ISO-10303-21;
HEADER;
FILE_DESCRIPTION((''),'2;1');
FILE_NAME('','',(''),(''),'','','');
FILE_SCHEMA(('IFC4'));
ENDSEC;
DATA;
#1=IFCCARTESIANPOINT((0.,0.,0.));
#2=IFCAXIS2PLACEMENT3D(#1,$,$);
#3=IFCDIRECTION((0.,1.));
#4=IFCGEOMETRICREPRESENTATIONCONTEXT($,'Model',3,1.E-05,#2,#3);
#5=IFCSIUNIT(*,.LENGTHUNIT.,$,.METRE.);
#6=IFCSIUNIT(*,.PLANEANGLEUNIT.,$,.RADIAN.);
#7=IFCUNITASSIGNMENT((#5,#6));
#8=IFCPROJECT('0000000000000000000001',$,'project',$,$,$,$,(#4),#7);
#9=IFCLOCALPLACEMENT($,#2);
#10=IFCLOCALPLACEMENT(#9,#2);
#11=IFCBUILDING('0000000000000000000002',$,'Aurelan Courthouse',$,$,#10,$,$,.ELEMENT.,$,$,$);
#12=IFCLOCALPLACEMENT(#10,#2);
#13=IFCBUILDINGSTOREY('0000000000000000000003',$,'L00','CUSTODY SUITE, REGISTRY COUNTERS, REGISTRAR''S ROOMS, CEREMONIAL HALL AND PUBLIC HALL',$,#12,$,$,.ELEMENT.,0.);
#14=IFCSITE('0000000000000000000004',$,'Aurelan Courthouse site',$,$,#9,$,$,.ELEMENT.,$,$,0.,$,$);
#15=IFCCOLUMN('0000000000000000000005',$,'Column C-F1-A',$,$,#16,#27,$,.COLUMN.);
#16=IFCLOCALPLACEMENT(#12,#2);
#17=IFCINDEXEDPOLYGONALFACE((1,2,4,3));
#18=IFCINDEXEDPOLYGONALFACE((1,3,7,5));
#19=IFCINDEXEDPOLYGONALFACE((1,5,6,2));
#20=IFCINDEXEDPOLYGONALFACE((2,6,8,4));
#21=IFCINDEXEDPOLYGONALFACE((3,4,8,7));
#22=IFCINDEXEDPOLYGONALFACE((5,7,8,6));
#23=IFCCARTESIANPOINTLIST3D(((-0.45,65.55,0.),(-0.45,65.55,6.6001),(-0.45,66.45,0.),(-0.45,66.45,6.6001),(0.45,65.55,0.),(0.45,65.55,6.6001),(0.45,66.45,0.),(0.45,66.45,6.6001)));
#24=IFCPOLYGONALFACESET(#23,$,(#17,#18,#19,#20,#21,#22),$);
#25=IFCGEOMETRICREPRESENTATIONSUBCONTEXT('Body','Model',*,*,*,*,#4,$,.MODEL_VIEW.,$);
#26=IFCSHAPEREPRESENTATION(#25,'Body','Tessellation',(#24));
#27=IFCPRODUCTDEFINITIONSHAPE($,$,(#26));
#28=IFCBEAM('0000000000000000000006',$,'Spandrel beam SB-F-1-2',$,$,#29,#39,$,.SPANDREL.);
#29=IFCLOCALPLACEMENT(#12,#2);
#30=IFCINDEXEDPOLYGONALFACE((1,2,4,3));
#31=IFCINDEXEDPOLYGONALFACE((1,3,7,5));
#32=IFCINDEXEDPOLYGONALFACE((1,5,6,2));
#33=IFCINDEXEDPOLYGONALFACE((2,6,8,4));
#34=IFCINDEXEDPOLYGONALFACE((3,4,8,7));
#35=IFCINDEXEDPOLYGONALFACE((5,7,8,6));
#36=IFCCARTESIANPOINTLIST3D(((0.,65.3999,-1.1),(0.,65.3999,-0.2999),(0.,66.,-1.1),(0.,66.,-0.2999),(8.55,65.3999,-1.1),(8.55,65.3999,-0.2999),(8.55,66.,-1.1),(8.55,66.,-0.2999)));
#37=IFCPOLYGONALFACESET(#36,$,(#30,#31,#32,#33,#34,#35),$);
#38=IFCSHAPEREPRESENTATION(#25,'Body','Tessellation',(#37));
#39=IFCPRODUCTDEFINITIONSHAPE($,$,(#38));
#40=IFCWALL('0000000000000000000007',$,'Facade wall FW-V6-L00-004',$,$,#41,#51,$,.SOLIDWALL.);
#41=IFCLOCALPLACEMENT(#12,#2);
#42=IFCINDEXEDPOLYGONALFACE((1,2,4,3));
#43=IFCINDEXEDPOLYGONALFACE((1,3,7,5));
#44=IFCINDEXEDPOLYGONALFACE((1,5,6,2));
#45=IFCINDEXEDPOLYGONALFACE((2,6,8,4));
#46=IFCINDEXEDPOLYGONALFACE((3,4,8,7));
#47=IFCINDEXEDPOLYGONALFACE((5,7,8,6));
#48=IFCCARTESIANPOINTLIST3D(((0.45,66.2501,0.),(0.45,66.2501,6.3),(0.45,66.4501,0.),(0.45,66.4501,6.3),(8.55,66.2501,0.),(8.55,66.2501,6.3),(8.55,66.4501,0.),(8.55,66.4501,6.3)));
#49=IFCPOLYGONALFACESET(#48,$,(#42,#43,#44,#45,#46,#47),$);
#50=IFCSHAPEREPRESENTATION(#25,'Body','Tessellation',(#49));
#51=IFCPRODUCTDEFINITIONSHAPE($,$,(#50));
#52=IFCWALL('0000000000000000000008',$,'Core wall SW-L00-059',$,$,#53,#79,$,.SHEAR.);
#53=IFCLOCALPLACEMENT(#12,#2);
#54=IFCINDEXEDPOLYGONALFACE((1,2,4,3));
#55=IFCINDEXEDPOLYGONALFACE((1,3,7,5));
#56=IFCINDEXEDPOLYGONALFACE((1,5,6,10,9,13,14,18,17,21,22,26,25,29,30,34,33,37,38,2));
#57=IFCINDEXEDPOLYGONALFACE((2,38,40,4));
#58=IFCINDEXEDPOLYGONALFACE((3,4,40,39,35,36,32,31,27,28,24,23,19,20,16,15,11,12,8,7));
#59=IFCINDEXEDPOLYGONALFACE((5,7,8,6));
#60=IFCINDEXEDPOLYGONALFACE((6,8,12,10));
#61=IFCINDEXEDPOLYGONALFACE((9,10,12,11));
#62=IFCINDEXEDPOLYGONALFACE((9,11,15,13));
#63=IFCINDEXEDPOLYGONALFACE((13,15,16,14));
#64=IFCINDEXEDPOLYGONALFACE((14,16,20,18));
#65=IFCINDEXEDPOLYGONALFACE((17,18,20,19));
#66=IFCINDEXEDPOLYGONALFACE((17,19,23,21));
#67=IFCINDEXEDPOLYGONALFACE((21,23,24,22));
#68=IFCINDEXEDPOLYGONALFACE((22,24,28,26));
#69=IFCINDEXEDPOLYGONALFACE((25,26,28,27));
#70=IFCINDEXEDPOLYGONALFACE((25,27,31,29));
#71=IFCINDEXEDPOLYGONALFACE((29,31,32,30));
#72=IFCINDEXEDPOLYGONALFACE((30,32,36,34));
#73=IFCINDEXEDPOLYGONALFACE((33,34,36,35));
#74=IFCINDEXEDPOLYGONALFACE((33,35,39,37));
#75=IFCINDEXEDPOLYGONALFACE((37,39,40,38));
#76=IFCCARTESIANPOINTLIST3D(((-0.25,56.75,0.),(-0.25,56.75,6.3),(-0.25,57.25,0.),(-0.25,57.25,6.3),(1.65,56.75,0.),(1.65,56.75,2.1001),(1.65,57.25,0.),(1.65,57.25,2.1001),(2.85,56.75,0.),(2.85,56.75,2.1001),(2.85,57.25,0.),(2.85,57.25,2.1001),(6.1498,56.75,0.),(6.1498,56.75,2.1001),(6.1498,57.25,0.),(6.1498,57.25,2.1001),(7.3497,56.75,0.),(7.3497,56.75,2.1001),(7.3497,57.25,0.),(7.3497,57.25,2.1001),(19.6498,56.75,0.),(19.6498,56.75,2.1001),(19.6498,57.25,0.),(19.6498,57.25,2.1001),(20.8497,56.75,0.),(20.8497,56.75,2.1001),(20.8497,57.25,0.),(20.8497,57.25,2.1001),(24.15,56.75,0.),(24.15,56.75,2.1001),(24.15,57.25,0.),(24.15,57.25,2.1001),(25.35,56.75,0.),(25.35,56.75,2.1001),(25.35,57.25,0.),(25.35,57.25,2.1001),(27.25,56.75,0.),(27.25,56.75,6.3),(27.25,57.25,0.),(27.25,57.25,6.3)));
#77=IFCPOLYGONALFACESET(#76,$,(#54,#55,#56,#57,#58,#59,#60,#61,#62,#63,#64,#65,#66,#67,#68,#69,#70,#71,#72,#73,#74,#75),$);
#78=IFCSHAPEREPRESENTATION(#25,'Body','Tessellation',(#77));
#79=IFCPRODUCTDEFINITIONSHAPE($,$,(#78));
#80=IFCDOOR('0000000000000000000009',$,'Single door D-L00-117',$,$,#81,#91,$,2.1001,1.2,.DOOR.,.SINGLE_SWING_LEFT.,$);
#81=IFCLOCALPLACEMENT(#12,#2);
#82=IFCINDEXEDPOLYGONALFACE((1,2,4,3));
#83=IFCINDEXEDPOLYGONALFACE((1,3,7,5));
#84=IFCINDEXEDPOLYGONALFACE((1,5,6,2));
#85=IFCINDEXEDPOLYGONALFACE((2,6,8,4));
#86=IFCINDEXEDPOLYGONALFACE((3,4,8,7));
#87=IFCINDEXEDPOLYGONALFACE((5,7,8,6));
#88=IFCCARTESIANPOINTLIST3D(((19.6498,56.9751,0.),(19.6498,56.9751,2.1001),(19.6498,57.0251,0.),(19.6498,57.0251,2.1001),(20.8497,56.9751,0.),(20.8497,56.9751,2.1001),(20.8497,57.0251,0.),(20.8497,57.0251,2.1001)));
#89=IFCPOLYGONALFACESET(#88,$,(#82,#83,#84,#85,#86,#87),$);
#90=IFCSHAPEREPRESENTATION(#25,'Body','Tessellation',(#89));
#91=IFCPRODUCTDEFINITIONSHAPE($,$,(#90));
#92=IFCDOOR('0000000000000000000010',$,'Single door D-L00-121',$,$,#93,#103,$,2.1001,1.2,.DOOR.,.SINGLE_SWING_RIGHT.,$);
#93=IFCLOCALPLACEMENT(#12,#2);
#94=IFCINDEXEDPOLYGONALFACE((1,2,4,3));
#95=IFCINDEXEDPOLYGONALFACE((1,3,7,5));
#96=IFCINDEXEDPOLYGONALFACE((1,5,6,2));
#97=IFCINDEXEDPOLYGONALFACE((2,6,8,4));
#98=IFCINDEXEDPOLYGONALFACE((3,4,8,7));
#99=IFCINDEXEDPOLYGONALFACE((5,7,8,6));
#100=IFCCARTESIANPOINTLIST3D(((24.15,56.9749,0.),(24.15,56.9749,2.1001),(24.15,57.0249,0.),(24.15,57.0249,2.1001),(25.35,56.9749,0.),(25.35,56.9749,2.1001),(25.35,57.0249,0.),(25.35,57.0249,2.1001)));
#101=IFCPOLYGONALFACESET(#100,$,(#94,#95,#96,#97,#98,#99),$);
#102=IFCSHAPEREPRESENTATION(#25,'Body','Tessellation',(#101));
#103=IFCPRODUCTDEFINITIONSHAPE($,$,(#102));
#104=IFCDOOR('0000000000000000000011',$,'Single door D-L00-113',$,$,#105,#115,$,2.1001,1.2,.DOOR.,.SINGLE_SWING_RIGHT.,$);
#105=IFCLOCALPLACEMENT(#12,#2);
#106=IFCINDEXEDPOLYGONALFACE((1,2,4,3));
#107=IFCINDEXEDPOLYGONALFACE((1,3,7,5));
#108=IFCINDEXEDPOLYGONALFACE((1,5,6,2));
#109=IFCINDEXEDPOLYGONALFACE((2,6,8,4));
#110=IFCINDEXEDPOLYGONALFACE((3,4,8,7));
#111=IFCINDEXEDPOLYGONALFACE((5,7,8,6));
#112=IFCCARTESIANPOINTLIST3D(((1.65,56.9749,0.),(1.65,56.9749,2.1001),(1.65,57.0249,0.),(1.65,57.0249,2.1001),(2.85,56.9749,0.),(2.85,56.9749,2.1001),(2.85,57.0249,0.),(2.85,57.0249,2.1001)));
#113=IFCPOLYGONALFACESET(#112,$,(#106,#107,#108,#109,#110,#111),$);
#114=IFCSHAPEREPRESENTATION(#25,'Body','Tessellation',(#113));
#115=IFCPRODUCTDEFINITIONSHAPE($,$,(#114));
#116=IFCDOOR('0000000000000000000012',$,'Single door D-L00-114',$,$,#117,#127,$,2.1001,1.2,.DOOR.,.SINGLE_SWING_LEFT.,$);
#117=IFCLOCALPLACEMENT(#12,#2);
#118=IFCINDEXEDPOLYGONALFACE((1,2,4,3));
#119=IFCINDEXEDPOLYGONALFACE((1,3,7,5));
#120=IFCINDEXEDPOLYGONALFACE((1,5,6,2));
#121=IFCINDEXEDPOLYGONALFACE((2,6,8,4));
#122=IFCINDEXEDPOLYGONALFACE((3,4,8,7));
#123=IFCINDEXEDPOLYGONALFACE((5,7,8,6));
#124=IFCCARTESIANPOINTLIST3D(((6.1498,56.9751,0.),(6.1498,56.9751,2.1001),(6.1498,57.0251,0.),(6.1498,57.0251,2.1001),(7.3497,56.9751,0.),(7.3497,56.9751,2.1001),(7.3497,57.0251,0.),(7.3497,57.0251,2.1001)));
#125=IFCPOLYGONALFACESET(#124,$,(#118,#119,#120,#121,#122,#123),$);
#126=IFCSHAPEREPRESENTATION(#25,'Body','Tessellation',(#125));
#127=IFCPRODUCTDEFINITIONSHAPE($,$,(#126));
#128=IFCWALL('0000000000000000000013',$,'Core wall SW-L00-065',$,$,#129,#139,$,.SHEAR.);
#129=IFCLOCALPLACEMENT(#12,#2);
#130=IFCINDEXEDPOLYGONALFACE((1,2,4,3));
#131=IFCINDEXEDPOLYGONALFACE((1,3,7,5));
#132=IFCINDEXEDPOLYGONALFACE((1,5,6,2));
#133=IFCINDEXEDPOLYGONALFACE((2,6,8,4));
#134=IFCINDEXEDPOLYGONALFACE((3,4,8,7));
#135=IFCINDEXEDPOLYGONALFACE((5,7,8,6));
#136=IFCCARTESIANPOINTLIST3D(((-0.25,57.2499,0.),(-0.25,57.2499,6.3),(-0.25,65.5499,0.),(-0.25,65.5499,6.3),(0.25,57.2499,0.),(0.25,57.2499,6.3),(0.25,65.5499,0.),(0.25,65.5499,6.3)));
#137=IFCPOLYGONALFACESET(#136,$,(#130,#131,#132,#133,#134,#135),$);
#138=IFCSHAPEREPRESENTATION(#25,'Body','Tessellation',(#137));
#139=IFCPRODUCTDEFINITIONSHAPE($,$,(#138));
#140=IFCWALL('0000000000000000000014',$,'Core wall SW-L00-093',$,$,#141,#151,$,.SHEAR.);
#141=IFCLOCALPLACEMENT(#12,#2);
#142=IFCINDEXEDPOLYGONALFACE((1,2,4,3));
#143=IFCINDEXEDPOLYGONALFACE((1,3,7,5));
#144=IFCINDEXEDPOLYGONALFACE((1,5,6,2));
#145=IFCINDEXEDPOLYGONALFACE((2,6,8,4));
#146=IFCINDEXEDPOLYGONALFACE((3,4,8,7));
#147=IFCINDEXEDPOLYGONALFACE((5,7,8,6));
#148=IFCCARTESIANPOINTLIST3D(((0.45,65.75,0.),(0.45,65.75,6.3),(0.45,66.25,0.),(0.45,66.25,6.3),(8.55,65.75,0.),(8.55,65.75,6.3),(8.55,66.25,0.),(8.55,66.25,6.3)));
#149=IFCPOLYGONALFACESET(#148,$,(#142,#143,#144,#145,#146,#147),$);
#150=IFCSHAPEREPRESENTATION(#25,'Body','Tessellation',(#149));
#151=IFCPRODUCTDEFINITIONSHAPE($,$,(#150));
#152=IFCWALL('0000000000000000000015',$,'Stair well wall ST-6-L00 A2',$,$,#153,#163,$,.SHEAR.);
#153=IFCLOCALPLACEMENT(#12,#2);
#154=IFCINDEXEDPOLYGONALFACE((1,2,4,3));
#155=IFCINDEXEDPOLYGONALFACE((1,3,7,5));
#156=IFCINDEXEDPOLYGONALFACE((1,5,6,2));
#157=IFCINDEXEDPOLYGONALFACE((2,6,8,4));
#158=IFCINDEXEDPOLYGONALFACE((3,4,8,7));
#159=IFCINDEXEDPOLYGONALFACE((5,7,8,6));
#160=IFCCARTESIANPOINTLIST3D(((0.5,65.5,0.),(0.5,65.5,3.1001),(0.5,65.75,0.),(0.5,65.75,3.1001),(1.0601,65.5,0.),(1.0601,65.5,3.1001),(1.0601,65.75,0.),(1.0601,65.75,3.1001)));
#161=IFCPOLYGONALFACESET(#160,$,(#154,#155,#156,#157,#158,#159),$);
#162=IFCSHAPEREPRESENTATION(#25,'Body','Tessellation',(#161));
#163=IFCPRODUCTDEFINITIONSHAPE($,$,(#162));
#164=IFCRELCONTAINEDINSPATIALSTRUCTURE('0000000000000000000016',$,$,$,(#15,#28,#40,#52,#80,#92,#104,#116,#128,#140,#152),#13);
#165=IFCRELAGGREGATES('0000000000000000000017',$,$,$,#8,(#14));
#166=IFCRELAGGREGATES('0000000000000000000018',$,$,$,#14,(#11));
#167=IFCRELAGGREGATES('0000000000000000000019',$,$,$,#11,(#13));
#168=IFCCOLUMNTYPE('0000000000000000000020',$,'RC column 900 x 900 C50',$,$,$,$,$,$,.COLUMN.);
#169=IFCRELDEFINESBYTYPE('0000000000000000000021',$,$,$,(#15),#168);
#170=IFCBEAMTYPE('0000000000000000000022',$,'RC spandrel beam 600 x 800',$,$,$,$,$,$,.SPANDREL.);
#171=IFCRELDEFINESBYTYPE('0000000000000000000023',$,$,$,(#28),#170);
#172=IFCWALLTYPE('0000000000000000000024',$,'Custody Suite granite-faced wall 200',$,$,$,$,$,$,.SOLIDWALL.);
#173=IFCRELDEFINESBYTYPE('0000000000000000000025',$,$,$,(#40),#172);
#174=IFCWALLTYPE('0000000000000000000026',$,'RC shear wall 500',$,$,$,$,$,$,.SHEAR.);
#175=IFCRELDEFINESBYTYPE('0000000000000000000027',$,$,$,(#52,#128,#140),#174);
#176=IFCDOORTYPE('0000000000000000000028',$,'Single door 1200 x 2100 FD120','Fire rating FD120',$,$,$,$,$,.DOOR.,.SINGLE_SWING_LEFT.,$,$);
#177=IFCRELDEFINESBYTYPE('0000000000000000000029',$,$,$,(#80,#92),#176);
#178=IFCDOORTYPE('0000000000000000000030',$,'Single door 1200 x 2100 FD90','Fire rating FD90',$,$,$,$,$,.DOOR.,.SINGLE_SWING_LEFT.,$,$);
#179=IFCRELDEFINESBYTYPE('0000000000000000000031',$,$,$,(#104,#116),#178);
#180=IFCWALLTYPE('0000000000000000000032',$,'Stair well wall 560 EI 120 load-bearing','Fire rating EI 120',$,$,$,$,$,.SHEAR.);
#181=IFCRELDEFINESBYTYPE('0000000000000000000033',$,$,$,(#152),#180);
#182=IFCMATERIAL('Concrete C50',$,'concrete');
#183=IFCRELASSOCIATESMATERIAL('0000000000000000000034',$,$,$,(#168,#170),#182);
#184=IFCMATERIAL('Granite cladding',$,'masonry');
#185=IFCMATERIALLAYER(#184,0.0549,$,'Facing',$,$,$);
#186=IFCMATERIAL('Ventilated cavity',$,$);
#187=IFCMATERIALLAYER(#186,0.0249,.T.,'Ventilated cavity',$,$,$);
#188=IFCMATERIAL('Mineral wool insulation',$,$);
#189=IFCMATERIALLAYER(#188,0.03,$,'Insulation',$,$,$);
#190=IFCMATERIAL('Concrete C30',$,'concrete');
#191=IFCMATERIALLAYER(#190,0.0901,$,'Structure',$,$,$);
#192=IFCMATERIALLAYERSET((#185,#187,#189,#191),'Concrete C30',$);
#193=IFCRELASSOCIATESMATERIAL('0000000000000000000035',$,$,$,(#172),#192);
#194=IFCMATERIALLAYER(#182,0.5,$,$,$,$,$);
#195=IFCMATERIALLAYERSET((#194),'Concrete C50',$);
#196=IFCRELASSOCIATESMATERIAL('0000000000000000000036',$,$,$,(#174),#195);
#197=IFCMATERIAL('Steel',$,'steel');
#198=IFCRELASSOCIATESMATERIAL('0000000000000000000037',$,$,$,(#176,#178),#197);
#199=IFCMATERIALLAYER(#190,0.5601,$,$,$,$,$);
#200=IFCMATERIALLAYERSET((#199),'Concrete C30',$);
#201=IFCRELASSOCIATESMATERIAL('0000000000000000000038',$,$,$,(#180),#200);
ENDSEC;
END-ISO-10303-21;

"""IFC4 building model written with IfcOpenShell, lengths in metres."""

from ifc_helpers import new_model, si_unit, direction, frame, frame_2d, origin, origin_2d, place, context, subcontext, project, spatial, rectangle, extrude, material, layer, layer_set, material_profile, profile_set, type_object, element, fill, save


model = new_model("IFC4")

# Units and contexts
model_context = context("Model", 3, precision=1e-05, world=origin(), true_north=direction((0.0, 1.0)))
body_context = subcontext(model_context, "Body", "Model", "MODEL_VIEW")
ifc_project = project(units=[si_unit("LENGTHUNIT", "METRE"), si_unit("PLANEANGLEUNIT", "RADIAN")], contexts=[model_context])

# Site, building, storey
site_placement = place(None, origin())
site = spatial("IfcSite", under=ifc_project, at=site_placement, Name="Aurelan Courthouse site", CompositionType="ELEMENT", RefElevation=0.0)
building_placement = place(site_placement, origin())
building = spatial("IfcBuilding", under=site, at=building_placement, Name="Aurelan Courthouse", CompositionType="ELEMENT")
storey_placement = place(building_placement, origin())
storey = spatial("IfcBuildingStorey", under=building, at=storey_placement, Name="L00", Description="CUSTODY SUITE, REGISTRY COUNTERS, REGISTRAR'S ROOMS, CEREMONIAL HALL AND PUBLIC HALL", CompositionType="ELEMENT", Elevation=0.0)

# Column
ifc_material_1 = material(Name="Concrete C50", Category="concrete")
ifc_material_profile_1 = material_profile(ifc_material_1, rectangle(XDim=0.8999, YDim=0.8999, at=origin_2d()), Name="RC 900 x 900")
ifc_profile_set_1 = profile_set([ifc_material_profile_1], Name="Concrete C50")
column_type = type_object("IfcColumnType", Name="RC column 900 x 900 C50", PredefinedType="COLUMN", material=ifc_profile_set_1)
column_placement = place(storey_placement, frame((0.0, 66.0, 0.0), z_axis=(0.0, 0.0, 1.0), x_axis=(1.0, 0.0, 0.0)))
element("IfcColumn", 1, at=column_placement, inside=storey, type_object=column_type, Name="Column C-F1-A", PredefinedType="COLUMN", context=body_context, shape_type="SweptSolid", body=[
    extrude(rectangle(XDim=0.8999, YDim=0.8999, at=origin_2d()), origin(), (0.0, 0.0, 1.0), 6.6001),
])

# Beam
ifc_material_profile_2 = material_profile(ifc_material_1, rectangle(XDim=0.6001, YDim=0.8, at=origin_2d()), Name="RC 600 x 800")
ifc_profile_set_2 = profile_set([ifc_material_profile_2], Name="Concrete C50")
beam_type = type_object("IfcBeamType", Name="RC spandrel beam 600 x 800", PredefinedType="SPANDREL", material=ifc_profile_set_2)
beam_placement = place(storey_placement, frame((0.0, 65.7, -0.7), z_axis=(1.0, 0.0, 0.0), x_axis=(0.0, 1.0, 0.0)))
element("IfcBeam", 2, at=beam_placement, inside=storey, type_object=beam_type, Name="Spandrel beam SB-F-1-2", PredefinedType="SPANDREL", context=body_context, shape_type="SweptSolid", body=[
    extrude(rectangle(XDim=0.6001, YDim=0.8, at=origin_2d()), origin(), (0.0, 0.0, 1.0), 8.55),
])

# Wall
ifc_material_2 = material(Name="Granite cladding", Category="masonry")
ifc_layer_1 = layer(ifc_material_2, 0.0549, Name="Facing")
ifc_material_3 = material(Name="Ventilated cavity")
ifc_layer_2 = layer(ifc_material_3, 0.0249, ventilated=True, Name="Ventilated cavity")
ifc_material_4 = material(Name="Mineral wool insulation")
ifc_layer_3 = layer(ifc_material_4, 0.03, Name="Insulation")
ifc_material_5 = material(Name="Concrete C30", Category="concrete")
ifc_layer_4 = layer(ifc_material_5, 0.0901, Name="Structure")
ifc_layer_set_1 = layer_set([ifc_layer_1, ifc_layer_2, ifc_layer_3, ifc_layer_4], Name="Concrete C30")
wall_type_1 = type_object("IfcWallType", Name="Custody Suite granite-faced wall 200", PredefinedType="SOLIDWALL", material=ifc_layer_set_1)
wall_1_placement = place(storey_placement, frame((0.45, 66.3501, 0.0), z_axis=(0.0, 0.0, 1.0), x_axis=(1.0, 0.0, 0.0)))
element("IfcWall", 3, at=wall_1_placement, inside=storey, type_object=wall_type_1, Name="Facade wall FW-V6-L00-004", PredefinedType="SOLIDWALL", context=body_context, shape_type="SweptSolid", body=[
    extrude(rectangle(XDim=8.1001, YDim=0.2, at=frame_2d((4.05, 0.0))), origin(), (0.0, 0.0, 1.0), 6.3),
])

# Wall, openings, doors
ifc_layer_5 = layer(ifc_material_1, 0.5)
ifc_layer_set_2 = layer_set([ifc_layer_5], Name="Concrete C50")
wall_type_2 = type_object("IfcWallType", Name="RC shear wall 500", PredefinedType="SHEAR", material=ifc_layer_set_2)
wall_2_placement = place(storey_placement, frame((-0.25, 57.0, 0.0), z_axis=(0.0, 0.0, 1.0), x_axis=(1.0, 0.0, 0.0)))
wall_2 = element("IfcWall", 4, at=wall_2_placement, inside=storey, type_object=wall_type_2, Name="Core wall SW-L00-059", PredefinedType="SHEAR", context=body_context, shape_type="SweptSolid", body=[
    extrude(rectangle(XDim=27.5, YDim=0.5, at=frame_2d((13.75, 0.0))), origin(), (0.0, 0.0, 1.0), 6.3),
])
opening_1_placement = place(wall_2_placement, frame((1.8999, 0.0, 0.0)))
opening_1 = element("IfcOpeningElement", 5, at=opening_1_placement, cuts=wall_2, PredefinedType="OPENING", context=body_context, shape_type="SweptSolid", body=[
    extrude(rectangle(XDim=1.2, YDim=2.1001, at=frame_2d((0.6001, 1.05))), frame((0.0, 0.26, 0.0), z_axis=(0.0, -1.0, 0.0), x_axis=(1.0, 0.0, 0.0)), (0.0, 0.0, 1.0), 0.52),
])
opening_2_placement = place(wall_2_placement, frame((7.5999, 0.0, 0.0), z_axis=(0.0, 0.0, 1.0), x_axis=(-1.0, 0.0, 0.0)))
opening_2 = element("IfcOpeningElement", 6, at=opening_2_placement, cuts=wall_2, PredefinedType="OPENING", context=body_context, shape_type="SweptSolid", body=[
    extrude(rectangle(XDim=1.2, YDim=2.1001, at=frame_2d((0.6001, 1.05))), frame((0.0, 0.26, 0.0), z_axis=(0.0, -1.0, 0.0), x_axis=(1.0, 0.0, 0.0)), (0.0, 0.0, 1.0), 0.52),
])
opening_3_placement = place(wall_2_placement, frame((21.0999, 0.0, 0.0), z_axis=(0.0, 0.0, 1.0), x_axis=(-1.0, 0.0, 0.0)))
opening_3 = element("IfcOpeningElement", 7, at=opening_3_placement, cuts=wall_2, PredefinedType="OPENING", context=body_context, shape_type="SweptSolid", body=[
    extrude(rectangle(XDim=1.2, YDim=2.1001, at=frame_2d((0.6001, 1.05))), frame((0.0, 0.26, 0.0), z_axis=(0.0, -1.0, 0.0), x_axis=(1.0, 0.0, 0.0)), (0.0, 0.0, 1.0), 0.52),
])
opening_4_placement = place(wall_2_placement, frame((24.3999, 0.0, 0.0)))
opening_4 = element("IfcOpeningElement", 8, at=opening_4_placement, cuts=wall_2, PredefinedType="OPENING", context=body_context, shape_type="SweptSolid", body=[
    extrude(rectangle(XDim=1.2, YDim=2.1001, at=frame_2d((0.6001, 1.05))), frame((0.0, 0.26, 0.0), z_axis=(0.0, -1.0, 0.0), x_axis=(1.0, 0.0, 0.0)), (0.0, 0.0, 1.0), 0.52),
])
ifc_material_6 = material(Name="Steel", Category="steel")
door_type_1 = type_object("IfcDoorType", Name="Single door 1200 x 2100 FD120", Description="Fire rating FD120", OperationType="SINGLE_SWING_LEFT", PredefinedType="DOOR", material=ifc_material_6)
door_1_placement = place(opening_3_placement, origin())
door_1 = element("IfcDoor", 9, at=door_1_placement, inside=storey, type_object=door_type_1, Name="Single door D-L00-117", OperationType="SINGLE_SWING_LEFT", OverallHeight=2.1001, OverallWidth=1.2, PredefinedType="DOOR", context=body_context, shape_type="SweptSolid", body=[
    extrude(rectangle(XDim=1.2, YDim=2.1001, at=frame_2d((0.6001, 1.05))), frame((0.0, 0.0249, 0.0), z_axis=(0.0, -1.0, 0.0), x_axis=(1.0, 0.0, 0.0)), (0.0, 0.0, 1.0), 0.05),
])
fill(opening_3, door_1)
door_2_placement = place(opening_4_placement, origin())
door_2 = element("IfcDoor", 10, at=door_2_placement, inside=storey, type_object=door_type_1, Name="Single door D-L00-121", OperationType="SINGLE_SWING_RIGHT", OverallHeight=2.1001, OverallWidth=1.2, PredefinedType="DOOR", context=body_context, shape_type="SweptSolid", body=[
    extrude(rectangle(XDim=1.2, YDim=2.1001, at=frame_2d((0.6001, 1.05))), frame((0.0, 0.0249, 0.0), z_axis=(0.0, -1.0, 0.0), x_axis=(1.0, 0.0, 0.0)), (0.0, 0.0, 1.0), 0.05),
])
fill(opening_4, door_2)
door_type_2 = type_object("IfcDoorType", Name="Single door 1200 x 2100 FD90", Description="Fire rating FD90", OperationType="SINGLE_SWING_LEFT", PredefinedType="DOOR", material=ifc_material_6)
door_3_placement = place(opening_1_placement, origin())
door_3 = element("IfcDoor", 11, at=door_3_placement, inside=storey, type_object=door_type_2, Name="Single door D-L00-113", OperationType="SINGLE_SWING_RIGHT", OverallHeight=2.1001, OverallWidth=1.2, PredefinedType="DOOR", context=body_context, shape_type="SweptSolid", body=[
    extrude(rectangle(XDim=1.2, YDim=2.1001, at=frame_2d((0.6001, 1.05))), frame((0.0, 0.0249, 0.0), z_axis=(0.0, -1.0, 0.0), x_axis=(1.0, 0.0, 0.0)), (0.0, 0.0, 1.0), 0.05),
])
fill(opening_1, door_3)
door_4_placement = place(opening_2_placement, origin())
door_4 = element("IfcDoor", 12, at=door_4_placement, inside=storey, type_object=door_type_2, Name="Single door D-L00-114", OperationType="SINGLE_SWING_LEFT", OverallHeight=2.1001, OverallWidth=1.2, PredefinedType="DOOR", context=body_context, shape_type="SweptSolid", body=[
    extrude(rectangle(XDim=1.2, YDim=2.1001, at=frame_2d((0.6001, 1.05))), frame((0.0, 0.0249, 0.0), z_axis=(0.0, -1.0, 0.0), x_axis=(1.0, 0.0, 0.0)), (0.0, 0.0, 1.0), 0.05),
])
fill(opening_2, door_4)

# Walls
wall_3_placement = place(storey_placement, frame((0.0, 57.25, 0.0), z_axis=(0.0, 0.0, 1.0), x_axis=(0.0, 1.0, 0.0)))
element("IfcWall", 13, at=wall_3_placement, inside=storey, type_object=wall_type_2, Name="Core wall SW-L00-065", PredefinedType="SHEAR", context=body_context, shape_type="SweptSolid", body=[
    extrude(rectangle(XDim=8.3, YDim=0.5, at=frame_2d((4.1499, 0.0))), origin(), (0.0, 0.0, 1.0), 6.3),
])
wall_4_placement = place(storey_placement, frame((0.45, 66.0, 0.0), z_axis=(0.0, 0.0, 1.0), x_axis=(1.0, 0.0, 0.0)))
element("IfcWall", 14, at=wall_4_placement, inside=storey, type_object=wall_type_2, Name="Core wall SW-L00-093", PredefinedType="SHEAR", context=body_context, shape_type="SweptSolid", body=[
    extrude(rectangle(XDim=8.1001, YDim=0.5, at=frame_2d((4.05, 0.0))), origin(), (0.0, 0.0, 1.0), 6.3),
])
ifc_layer_6 = layer(ifc_material_5, 0.5601)
ifc_layer_set_3 = layer_set([ifc_layer_6], Name="Concrete C30")
wall_type_3 = type_object("IfcWallType", Name="Stair well wall 560 EI 120 load-bearing", Description="Fire rating EI 120", PredefinedType="SHEAR", material=ifc_layer_set_3)
wall_5_placement = place(storey_placement, frame((0.78, 65.5, 0.0), z_axis=(0.0, 0.0, 1.0), x_axis=(0.0, 1.0, 0.0)))
element("IfcWall", 15, at=wall_5_placement, inside=storey, type_object=wall_type_3, Name="Stair well wall ST-6-L00 A2", PredefinedType="SHEAR", context=body_context, shape_type="SweptSolid", body=[
    extrude(rectangle(XDim=0.25, YDim=0.5601, at=frame_2d((0.125, 0.0))), origin(), (0.0, 0.0, 1.0), 3.1001),
])

save(model, "model.ifc")
